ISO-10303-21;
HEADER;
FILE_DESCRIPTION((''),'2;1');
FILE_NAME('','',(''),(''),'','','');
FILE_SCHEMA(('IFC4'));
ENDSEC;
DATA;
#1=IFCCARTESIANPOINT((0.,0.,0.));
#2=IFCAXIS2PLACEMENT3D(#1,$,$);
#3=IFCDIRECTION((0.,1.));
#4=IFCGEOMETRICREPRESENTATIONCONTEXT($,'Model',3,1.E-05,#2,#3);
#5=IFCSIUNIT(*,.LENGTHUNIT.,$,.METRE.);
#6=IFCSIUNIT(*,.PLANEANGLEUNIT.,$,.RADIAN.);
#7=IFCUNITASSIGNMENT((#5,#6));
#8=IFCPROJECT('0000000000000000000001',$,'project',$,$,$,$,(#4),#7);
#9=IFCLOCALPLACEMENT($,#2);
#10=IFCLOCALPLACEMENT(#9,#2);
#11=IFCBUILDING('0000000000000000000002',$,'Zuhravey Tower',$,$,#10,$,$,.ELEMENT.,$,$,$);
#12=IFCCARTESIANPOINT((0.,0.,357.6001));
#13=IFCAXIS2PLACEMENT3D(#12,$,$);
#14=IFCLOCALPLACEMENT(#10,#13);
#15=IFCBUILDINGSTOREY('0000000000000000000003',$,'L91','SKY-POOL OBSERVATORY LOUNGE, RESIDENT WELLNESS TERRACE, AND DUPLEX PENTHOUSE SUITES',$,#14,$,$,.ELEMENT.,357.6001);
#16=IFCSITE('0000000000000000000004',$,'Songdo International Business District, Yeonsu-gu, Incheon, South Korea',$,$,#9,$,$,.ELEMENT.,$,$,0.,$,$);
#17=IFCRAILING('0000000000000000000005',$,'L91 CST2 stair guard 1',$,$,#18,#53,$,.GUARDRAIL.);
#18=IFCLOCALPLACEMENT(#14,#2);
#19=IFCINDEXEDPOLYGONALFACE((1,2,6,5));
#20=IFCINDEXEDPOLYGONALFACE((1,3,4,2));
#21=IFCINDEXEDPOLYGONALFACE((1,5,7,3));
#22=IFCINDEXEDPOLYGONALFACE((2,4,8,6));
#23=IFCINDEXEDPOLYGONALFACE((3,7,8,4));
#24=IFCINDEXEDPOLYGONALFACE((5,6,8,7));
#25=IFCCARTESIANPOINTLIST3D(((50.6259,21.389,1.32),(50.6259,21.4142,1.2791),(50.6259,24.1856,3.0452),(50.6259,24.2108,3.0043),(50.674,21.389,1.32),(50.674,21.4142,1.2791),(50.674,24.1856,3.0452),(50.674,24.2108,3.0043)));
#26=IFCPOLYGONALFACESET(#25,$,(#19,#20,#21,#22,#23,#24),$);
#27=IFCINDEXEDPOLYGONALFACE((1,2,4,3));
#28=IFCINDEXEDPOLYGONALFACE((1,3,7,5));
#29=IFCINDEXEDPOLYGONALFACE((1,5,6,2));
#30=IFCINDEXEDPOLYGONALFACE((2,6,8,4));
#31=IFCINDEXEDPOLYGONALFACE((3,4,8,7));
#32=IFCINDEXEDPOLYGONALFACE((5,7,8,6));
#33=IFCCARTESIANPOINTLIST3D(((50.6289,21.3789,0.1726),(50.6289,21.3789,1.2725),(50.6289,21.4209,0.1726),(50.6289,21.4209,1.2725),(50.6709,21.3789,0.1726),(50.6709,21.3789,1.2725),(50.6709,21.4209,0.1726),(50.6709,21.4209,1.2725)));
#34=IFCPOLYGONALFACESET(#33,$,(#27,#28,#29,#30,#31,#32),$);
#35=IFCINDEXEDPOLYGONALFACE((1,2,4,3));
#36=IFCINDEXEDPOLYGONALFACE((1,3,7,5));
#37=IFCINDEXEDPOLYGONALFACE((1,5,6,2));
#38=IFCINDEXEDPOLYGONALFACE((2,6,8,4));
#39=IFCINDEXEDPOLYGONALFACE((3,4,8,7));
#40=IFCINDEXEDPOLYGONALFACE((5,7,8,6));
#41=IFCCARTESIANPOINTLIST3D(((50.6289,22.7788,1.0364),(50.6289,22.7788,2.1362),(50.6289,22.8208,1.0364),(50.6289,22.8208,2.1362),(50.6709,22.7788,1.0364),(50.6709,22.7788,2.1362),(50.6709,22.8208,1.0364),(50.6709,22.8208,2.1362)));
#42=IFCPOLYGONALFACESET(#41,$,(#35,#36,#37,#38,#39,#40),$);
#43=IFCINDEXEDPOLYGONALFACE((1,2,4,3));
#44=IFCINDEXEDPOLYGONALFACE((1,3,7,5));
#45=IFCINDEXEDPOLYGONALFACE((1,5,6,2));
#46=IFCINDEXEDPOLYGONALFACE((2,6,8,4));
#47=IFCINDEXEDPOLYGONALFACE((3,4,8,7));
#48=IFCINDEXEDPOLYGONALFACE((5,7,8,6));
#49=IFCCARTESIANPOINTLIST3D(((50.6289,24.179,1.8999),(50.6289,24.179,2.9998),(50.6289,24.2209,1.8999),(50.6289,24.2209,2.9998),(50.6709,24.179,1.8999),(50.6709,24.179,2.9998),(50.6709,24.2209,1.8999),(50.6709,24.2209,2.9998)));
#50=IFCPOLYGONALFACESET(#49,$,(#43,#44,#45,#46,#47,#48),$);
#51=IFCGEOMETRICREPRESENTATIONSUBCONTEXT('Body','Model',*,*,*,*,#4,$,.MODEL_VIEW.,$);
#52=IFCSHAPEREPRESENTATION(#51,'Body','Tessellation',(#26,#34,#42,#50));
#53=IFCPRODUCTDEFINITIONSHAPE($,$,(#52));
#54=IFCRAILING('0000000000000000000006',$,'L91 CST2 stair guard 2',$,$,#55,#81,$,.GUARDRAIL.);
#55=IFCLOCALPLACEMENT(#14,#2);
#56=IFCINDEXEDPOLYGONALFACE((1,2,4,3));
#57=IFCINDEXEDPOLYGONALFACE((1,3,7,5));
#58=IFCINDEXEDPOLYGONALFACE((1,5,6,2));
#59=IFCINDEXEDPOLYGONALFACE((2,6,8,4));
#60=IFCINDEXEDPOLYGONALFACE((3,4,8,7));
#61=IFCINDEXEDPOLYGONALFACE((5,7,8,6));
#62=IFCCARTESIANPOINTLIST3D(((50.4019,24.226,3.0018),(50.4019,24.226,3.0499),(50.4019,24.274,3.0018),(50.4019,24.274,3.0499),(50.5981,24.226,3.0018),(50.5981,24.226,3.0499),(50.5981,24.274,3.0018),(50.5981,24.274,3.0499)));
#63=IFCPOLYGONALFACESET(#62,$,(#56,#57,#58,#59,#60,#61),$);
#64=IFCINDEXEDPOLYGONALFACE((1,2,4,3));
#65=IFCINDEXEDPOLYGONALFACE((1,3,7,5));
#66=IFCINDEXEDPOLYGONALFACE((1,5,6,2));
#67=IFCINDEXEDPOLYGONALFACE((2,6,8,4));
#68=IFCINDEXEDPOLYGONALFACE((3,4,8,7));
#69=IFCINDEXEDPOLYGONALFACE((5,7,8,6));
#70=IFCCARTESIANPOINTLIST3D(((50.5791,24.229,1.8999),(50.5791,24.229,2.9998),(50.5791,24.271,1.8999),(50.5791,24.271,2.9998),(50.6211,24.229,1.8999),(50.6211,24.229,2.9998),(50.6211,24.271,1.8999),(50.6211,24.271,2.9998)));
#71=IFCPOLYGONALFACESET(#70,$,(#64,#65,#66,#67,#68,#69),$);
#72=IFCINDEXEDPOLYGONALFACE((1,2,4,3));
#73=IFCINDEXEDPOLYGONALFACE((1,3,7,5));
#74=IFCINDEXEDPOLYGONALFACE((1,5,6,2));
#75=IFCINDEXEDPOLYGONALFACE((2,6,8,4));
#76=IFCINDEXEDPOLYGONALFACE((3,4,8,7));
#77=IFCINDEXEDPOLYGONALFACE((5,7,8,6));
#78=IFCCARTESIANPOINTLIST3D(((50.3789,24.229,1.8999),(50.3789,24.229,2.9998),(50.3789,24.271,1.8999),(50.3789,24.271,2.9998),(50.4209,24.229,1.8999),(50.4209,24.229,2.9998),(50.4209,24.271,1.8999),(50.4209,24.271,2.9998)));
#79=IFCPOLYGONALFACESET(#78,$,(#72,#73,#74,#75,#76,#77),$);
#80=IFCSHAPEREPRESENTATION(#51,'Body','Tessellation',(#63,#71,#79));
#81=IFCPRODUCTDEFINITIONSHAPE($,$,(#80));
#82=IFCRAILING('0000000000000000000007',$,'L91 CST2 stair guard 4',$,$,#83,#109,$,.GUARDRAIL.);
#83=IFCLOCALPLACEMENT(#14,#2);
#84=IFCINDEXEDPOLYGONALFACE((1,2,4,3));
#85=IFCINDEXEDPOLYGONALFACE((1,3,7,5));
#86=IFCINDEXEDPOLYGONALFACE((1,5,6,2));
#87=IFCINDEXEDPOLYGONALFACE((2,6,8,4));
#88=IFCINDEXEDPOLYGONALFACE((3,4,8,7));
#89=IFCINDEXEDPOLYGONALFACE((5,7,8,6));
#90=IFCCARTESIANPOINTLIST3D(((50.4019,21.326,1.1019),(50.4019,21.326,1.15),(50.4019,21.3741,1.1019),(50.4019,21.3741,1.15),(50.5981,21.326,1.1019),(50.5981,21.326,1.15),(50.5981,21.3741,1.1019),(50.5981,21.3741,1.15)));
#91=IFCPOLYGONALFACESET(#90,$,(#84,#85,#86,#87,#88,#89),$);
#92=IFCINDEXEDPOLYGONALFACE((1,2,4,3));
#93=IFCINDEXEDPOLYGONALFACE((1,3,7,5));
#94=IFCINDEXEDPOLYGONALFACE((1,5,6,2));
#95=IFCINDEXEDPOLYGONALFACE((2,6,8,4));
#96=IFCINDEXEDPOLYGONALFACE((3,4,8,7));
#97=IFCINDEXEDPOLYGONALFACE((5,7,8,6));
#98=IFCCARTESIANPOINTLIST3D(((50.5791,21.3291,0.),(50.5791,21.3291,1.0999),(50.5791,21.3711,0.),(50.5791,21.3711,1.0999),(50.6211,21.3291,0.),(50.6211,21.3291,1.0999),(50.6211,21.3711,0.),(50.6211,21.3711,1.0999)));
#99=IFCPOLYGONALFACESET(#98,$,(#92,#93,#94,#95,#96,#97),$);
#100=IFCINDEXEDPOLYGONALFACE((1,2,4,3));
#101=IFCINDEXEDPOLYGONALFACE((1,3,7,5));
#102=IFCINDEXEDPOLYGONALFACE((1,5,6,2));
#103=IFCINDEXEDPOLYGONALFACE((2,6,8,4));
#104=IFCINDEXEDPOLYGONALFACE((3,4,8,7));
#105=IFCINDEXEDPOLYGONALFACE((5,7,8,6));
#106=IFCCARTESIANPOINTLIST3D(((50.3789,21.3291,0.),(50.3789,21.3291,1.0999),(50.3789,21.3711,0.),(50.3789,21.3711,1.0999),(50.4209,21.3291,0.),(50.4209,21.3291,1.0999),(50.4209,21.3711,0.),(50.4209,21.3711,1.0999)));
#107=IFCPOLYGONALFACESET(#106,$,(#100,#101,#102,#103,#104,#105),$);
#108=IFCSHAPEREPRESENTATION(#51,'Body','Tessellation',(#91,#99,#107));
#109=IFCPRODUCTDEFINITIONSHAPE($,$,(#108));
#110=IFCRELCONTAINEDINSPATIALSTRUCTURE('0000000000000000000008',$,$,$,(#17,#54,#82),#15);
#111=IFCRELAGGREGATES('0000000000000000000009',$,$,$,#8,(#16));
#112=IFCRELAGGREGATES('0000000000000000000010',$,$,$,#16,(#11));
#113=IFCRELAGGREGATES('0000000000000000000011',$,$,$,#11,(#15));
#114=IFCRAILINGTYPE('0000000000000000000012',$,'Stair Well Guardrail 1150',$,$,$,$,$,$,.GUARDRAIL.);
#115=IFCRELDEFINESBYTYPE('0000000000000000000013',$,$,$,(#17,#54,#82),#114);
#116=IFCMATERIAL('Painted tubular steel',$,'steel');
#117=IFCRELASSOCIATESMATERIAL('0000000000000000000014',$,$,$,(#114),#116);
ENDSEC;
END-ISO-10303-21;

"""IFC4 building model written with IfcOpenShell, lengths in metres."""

from ifc_helpers import new_model, si_unit, direction, frame, origin, origin_2d, place, context, subcontext, project, spatial, rectangle, extrude, material, type_object, element, save


model = new_model("IFC4")

# Units and contexts
model_context = context("Model", 3, precision=1e-05, world=origin(), true_north=direction((0.0, 1.0)))
body_context = subcontext(model_context, "Body", "Model", "MODEL_VIEW")
ifc_project = project(units=[si_unit("LENGTHUNIT", "METRE"), si_unit("PLANEANGLEUNIT", "RADIAN")], contexts=[model_context])

# Site, building, storey
site_placement = place(None, origin())
site = spatial("IfcSite", under=ifc_project, at=site_placement, Name="Songdo International Business District, Yeonsu-gu, Incheon, South Korea", CompositionType="ELEMENT", RefElevation=0.0)
building_placement = place(site_placement, origin())
building = spatial("IfcBuilding", under=site, at=building_placement, Name="Zuhravey Tower", CompositionType="ELEMENT")
storey_placement = place(building_placement, frame((0.0, 0.0, 357.6001)))
storey = spatial("IfcBuildingStorey", under=building, at=storey_placement, Name="L91", Description="SKY-POOL OBSERVATORY LOUNGE, RESIDENT WELLNESS TERRACE, AND DUPLEX PENTHOUSE SUITES", CompositionType="ELEMENT", Elevation=357.6001)

# Railings
ifc_material_1 = material(Name="Painted tubular steel", Category="steel")
railing_type_1 = type_object("IfcRailingType", Name="Stair Well Guardrail 1150", PredefinedType="GUARDRAIL", material=ifc_material_1)
railing_1_placement = place(storey_placement, frame((50.6499, 21.3999, 0.1726)))
element("IfcRailing", 1, at=railing_1_placement, inside=storey, type_object=railing_type_1, Name="L91 CST2 stair guard 1", PredefinedType="GUARDRAIL", context=body_context, shape_type="SweptSolid", body=[
    extrude(rectangle(XDim=0.0481, YDim=0.0481, at=origin_2d()), frame((0.0, 0.0017, 1.127), z_axis=(0.0, 0.85109, 0.52502), x_axis=(-1.0, 0.0, 0.0)), (0.0, 0.0, 1.0), 3.2859),
    extrude(rectangle(XDim=0.042, YDim=0.042, at=origin_2d()), origin(), (0.0, 0.0, 1.0), 1.0999),
    extrude(rectangle(XDim=0.042, YDim=0.042, at=origin_2d()), frame((0.0, 1.3999, 0.8638)), (0.0, 0.0, 1.0), 1.0999),
    extrude(rectangle(XDim=0.042, YDim=0.042, at=origin_2d()), frame((0.0, 2.8, 1.7273)), (0.0, 0.0, 1.0), 1.0999),
])
for number, where, name in (
    (2, (50.6001, 24.25, 1.8999), "L91 CST2 stair guard 2"),
    (3, (50.6001, 21.3501, 0.0), "L91 CST2 stair guard 4"),
):
    element("IfcRailing", number, at=place(storey_placement, frame(where)), inside=storey, type_object=railing_type_1, Name=name, PredefinedType="GUARDRAIL", context=body_context, shape_type="SweptSolid", body=[
        extrude(rectangle(XDim=0.0481, YDim=0.0481, at=origin_2d()), frame((-0.002, 0.0, 1.126), z_axis=(-1.0, 0.0, 0.0), x_axis=(0.0, -1.0, 0.0)), (0.0, 0.0, 1.0), 0.1963),
        extrude(rectangle(XDim=0.042, YDim=0.042, at=origin_2d()), origin(), (0.0, 0.0, 1.0), 1.0999),
        extrude(rectangle(XDim=0.042, YDim=0.042, at=origin_2d()), frame((-0.2002, 0.0, 0.0)), (0.0, 0.0, 1.0), 1.0999),
    ])

save(model, "model.ifc")
